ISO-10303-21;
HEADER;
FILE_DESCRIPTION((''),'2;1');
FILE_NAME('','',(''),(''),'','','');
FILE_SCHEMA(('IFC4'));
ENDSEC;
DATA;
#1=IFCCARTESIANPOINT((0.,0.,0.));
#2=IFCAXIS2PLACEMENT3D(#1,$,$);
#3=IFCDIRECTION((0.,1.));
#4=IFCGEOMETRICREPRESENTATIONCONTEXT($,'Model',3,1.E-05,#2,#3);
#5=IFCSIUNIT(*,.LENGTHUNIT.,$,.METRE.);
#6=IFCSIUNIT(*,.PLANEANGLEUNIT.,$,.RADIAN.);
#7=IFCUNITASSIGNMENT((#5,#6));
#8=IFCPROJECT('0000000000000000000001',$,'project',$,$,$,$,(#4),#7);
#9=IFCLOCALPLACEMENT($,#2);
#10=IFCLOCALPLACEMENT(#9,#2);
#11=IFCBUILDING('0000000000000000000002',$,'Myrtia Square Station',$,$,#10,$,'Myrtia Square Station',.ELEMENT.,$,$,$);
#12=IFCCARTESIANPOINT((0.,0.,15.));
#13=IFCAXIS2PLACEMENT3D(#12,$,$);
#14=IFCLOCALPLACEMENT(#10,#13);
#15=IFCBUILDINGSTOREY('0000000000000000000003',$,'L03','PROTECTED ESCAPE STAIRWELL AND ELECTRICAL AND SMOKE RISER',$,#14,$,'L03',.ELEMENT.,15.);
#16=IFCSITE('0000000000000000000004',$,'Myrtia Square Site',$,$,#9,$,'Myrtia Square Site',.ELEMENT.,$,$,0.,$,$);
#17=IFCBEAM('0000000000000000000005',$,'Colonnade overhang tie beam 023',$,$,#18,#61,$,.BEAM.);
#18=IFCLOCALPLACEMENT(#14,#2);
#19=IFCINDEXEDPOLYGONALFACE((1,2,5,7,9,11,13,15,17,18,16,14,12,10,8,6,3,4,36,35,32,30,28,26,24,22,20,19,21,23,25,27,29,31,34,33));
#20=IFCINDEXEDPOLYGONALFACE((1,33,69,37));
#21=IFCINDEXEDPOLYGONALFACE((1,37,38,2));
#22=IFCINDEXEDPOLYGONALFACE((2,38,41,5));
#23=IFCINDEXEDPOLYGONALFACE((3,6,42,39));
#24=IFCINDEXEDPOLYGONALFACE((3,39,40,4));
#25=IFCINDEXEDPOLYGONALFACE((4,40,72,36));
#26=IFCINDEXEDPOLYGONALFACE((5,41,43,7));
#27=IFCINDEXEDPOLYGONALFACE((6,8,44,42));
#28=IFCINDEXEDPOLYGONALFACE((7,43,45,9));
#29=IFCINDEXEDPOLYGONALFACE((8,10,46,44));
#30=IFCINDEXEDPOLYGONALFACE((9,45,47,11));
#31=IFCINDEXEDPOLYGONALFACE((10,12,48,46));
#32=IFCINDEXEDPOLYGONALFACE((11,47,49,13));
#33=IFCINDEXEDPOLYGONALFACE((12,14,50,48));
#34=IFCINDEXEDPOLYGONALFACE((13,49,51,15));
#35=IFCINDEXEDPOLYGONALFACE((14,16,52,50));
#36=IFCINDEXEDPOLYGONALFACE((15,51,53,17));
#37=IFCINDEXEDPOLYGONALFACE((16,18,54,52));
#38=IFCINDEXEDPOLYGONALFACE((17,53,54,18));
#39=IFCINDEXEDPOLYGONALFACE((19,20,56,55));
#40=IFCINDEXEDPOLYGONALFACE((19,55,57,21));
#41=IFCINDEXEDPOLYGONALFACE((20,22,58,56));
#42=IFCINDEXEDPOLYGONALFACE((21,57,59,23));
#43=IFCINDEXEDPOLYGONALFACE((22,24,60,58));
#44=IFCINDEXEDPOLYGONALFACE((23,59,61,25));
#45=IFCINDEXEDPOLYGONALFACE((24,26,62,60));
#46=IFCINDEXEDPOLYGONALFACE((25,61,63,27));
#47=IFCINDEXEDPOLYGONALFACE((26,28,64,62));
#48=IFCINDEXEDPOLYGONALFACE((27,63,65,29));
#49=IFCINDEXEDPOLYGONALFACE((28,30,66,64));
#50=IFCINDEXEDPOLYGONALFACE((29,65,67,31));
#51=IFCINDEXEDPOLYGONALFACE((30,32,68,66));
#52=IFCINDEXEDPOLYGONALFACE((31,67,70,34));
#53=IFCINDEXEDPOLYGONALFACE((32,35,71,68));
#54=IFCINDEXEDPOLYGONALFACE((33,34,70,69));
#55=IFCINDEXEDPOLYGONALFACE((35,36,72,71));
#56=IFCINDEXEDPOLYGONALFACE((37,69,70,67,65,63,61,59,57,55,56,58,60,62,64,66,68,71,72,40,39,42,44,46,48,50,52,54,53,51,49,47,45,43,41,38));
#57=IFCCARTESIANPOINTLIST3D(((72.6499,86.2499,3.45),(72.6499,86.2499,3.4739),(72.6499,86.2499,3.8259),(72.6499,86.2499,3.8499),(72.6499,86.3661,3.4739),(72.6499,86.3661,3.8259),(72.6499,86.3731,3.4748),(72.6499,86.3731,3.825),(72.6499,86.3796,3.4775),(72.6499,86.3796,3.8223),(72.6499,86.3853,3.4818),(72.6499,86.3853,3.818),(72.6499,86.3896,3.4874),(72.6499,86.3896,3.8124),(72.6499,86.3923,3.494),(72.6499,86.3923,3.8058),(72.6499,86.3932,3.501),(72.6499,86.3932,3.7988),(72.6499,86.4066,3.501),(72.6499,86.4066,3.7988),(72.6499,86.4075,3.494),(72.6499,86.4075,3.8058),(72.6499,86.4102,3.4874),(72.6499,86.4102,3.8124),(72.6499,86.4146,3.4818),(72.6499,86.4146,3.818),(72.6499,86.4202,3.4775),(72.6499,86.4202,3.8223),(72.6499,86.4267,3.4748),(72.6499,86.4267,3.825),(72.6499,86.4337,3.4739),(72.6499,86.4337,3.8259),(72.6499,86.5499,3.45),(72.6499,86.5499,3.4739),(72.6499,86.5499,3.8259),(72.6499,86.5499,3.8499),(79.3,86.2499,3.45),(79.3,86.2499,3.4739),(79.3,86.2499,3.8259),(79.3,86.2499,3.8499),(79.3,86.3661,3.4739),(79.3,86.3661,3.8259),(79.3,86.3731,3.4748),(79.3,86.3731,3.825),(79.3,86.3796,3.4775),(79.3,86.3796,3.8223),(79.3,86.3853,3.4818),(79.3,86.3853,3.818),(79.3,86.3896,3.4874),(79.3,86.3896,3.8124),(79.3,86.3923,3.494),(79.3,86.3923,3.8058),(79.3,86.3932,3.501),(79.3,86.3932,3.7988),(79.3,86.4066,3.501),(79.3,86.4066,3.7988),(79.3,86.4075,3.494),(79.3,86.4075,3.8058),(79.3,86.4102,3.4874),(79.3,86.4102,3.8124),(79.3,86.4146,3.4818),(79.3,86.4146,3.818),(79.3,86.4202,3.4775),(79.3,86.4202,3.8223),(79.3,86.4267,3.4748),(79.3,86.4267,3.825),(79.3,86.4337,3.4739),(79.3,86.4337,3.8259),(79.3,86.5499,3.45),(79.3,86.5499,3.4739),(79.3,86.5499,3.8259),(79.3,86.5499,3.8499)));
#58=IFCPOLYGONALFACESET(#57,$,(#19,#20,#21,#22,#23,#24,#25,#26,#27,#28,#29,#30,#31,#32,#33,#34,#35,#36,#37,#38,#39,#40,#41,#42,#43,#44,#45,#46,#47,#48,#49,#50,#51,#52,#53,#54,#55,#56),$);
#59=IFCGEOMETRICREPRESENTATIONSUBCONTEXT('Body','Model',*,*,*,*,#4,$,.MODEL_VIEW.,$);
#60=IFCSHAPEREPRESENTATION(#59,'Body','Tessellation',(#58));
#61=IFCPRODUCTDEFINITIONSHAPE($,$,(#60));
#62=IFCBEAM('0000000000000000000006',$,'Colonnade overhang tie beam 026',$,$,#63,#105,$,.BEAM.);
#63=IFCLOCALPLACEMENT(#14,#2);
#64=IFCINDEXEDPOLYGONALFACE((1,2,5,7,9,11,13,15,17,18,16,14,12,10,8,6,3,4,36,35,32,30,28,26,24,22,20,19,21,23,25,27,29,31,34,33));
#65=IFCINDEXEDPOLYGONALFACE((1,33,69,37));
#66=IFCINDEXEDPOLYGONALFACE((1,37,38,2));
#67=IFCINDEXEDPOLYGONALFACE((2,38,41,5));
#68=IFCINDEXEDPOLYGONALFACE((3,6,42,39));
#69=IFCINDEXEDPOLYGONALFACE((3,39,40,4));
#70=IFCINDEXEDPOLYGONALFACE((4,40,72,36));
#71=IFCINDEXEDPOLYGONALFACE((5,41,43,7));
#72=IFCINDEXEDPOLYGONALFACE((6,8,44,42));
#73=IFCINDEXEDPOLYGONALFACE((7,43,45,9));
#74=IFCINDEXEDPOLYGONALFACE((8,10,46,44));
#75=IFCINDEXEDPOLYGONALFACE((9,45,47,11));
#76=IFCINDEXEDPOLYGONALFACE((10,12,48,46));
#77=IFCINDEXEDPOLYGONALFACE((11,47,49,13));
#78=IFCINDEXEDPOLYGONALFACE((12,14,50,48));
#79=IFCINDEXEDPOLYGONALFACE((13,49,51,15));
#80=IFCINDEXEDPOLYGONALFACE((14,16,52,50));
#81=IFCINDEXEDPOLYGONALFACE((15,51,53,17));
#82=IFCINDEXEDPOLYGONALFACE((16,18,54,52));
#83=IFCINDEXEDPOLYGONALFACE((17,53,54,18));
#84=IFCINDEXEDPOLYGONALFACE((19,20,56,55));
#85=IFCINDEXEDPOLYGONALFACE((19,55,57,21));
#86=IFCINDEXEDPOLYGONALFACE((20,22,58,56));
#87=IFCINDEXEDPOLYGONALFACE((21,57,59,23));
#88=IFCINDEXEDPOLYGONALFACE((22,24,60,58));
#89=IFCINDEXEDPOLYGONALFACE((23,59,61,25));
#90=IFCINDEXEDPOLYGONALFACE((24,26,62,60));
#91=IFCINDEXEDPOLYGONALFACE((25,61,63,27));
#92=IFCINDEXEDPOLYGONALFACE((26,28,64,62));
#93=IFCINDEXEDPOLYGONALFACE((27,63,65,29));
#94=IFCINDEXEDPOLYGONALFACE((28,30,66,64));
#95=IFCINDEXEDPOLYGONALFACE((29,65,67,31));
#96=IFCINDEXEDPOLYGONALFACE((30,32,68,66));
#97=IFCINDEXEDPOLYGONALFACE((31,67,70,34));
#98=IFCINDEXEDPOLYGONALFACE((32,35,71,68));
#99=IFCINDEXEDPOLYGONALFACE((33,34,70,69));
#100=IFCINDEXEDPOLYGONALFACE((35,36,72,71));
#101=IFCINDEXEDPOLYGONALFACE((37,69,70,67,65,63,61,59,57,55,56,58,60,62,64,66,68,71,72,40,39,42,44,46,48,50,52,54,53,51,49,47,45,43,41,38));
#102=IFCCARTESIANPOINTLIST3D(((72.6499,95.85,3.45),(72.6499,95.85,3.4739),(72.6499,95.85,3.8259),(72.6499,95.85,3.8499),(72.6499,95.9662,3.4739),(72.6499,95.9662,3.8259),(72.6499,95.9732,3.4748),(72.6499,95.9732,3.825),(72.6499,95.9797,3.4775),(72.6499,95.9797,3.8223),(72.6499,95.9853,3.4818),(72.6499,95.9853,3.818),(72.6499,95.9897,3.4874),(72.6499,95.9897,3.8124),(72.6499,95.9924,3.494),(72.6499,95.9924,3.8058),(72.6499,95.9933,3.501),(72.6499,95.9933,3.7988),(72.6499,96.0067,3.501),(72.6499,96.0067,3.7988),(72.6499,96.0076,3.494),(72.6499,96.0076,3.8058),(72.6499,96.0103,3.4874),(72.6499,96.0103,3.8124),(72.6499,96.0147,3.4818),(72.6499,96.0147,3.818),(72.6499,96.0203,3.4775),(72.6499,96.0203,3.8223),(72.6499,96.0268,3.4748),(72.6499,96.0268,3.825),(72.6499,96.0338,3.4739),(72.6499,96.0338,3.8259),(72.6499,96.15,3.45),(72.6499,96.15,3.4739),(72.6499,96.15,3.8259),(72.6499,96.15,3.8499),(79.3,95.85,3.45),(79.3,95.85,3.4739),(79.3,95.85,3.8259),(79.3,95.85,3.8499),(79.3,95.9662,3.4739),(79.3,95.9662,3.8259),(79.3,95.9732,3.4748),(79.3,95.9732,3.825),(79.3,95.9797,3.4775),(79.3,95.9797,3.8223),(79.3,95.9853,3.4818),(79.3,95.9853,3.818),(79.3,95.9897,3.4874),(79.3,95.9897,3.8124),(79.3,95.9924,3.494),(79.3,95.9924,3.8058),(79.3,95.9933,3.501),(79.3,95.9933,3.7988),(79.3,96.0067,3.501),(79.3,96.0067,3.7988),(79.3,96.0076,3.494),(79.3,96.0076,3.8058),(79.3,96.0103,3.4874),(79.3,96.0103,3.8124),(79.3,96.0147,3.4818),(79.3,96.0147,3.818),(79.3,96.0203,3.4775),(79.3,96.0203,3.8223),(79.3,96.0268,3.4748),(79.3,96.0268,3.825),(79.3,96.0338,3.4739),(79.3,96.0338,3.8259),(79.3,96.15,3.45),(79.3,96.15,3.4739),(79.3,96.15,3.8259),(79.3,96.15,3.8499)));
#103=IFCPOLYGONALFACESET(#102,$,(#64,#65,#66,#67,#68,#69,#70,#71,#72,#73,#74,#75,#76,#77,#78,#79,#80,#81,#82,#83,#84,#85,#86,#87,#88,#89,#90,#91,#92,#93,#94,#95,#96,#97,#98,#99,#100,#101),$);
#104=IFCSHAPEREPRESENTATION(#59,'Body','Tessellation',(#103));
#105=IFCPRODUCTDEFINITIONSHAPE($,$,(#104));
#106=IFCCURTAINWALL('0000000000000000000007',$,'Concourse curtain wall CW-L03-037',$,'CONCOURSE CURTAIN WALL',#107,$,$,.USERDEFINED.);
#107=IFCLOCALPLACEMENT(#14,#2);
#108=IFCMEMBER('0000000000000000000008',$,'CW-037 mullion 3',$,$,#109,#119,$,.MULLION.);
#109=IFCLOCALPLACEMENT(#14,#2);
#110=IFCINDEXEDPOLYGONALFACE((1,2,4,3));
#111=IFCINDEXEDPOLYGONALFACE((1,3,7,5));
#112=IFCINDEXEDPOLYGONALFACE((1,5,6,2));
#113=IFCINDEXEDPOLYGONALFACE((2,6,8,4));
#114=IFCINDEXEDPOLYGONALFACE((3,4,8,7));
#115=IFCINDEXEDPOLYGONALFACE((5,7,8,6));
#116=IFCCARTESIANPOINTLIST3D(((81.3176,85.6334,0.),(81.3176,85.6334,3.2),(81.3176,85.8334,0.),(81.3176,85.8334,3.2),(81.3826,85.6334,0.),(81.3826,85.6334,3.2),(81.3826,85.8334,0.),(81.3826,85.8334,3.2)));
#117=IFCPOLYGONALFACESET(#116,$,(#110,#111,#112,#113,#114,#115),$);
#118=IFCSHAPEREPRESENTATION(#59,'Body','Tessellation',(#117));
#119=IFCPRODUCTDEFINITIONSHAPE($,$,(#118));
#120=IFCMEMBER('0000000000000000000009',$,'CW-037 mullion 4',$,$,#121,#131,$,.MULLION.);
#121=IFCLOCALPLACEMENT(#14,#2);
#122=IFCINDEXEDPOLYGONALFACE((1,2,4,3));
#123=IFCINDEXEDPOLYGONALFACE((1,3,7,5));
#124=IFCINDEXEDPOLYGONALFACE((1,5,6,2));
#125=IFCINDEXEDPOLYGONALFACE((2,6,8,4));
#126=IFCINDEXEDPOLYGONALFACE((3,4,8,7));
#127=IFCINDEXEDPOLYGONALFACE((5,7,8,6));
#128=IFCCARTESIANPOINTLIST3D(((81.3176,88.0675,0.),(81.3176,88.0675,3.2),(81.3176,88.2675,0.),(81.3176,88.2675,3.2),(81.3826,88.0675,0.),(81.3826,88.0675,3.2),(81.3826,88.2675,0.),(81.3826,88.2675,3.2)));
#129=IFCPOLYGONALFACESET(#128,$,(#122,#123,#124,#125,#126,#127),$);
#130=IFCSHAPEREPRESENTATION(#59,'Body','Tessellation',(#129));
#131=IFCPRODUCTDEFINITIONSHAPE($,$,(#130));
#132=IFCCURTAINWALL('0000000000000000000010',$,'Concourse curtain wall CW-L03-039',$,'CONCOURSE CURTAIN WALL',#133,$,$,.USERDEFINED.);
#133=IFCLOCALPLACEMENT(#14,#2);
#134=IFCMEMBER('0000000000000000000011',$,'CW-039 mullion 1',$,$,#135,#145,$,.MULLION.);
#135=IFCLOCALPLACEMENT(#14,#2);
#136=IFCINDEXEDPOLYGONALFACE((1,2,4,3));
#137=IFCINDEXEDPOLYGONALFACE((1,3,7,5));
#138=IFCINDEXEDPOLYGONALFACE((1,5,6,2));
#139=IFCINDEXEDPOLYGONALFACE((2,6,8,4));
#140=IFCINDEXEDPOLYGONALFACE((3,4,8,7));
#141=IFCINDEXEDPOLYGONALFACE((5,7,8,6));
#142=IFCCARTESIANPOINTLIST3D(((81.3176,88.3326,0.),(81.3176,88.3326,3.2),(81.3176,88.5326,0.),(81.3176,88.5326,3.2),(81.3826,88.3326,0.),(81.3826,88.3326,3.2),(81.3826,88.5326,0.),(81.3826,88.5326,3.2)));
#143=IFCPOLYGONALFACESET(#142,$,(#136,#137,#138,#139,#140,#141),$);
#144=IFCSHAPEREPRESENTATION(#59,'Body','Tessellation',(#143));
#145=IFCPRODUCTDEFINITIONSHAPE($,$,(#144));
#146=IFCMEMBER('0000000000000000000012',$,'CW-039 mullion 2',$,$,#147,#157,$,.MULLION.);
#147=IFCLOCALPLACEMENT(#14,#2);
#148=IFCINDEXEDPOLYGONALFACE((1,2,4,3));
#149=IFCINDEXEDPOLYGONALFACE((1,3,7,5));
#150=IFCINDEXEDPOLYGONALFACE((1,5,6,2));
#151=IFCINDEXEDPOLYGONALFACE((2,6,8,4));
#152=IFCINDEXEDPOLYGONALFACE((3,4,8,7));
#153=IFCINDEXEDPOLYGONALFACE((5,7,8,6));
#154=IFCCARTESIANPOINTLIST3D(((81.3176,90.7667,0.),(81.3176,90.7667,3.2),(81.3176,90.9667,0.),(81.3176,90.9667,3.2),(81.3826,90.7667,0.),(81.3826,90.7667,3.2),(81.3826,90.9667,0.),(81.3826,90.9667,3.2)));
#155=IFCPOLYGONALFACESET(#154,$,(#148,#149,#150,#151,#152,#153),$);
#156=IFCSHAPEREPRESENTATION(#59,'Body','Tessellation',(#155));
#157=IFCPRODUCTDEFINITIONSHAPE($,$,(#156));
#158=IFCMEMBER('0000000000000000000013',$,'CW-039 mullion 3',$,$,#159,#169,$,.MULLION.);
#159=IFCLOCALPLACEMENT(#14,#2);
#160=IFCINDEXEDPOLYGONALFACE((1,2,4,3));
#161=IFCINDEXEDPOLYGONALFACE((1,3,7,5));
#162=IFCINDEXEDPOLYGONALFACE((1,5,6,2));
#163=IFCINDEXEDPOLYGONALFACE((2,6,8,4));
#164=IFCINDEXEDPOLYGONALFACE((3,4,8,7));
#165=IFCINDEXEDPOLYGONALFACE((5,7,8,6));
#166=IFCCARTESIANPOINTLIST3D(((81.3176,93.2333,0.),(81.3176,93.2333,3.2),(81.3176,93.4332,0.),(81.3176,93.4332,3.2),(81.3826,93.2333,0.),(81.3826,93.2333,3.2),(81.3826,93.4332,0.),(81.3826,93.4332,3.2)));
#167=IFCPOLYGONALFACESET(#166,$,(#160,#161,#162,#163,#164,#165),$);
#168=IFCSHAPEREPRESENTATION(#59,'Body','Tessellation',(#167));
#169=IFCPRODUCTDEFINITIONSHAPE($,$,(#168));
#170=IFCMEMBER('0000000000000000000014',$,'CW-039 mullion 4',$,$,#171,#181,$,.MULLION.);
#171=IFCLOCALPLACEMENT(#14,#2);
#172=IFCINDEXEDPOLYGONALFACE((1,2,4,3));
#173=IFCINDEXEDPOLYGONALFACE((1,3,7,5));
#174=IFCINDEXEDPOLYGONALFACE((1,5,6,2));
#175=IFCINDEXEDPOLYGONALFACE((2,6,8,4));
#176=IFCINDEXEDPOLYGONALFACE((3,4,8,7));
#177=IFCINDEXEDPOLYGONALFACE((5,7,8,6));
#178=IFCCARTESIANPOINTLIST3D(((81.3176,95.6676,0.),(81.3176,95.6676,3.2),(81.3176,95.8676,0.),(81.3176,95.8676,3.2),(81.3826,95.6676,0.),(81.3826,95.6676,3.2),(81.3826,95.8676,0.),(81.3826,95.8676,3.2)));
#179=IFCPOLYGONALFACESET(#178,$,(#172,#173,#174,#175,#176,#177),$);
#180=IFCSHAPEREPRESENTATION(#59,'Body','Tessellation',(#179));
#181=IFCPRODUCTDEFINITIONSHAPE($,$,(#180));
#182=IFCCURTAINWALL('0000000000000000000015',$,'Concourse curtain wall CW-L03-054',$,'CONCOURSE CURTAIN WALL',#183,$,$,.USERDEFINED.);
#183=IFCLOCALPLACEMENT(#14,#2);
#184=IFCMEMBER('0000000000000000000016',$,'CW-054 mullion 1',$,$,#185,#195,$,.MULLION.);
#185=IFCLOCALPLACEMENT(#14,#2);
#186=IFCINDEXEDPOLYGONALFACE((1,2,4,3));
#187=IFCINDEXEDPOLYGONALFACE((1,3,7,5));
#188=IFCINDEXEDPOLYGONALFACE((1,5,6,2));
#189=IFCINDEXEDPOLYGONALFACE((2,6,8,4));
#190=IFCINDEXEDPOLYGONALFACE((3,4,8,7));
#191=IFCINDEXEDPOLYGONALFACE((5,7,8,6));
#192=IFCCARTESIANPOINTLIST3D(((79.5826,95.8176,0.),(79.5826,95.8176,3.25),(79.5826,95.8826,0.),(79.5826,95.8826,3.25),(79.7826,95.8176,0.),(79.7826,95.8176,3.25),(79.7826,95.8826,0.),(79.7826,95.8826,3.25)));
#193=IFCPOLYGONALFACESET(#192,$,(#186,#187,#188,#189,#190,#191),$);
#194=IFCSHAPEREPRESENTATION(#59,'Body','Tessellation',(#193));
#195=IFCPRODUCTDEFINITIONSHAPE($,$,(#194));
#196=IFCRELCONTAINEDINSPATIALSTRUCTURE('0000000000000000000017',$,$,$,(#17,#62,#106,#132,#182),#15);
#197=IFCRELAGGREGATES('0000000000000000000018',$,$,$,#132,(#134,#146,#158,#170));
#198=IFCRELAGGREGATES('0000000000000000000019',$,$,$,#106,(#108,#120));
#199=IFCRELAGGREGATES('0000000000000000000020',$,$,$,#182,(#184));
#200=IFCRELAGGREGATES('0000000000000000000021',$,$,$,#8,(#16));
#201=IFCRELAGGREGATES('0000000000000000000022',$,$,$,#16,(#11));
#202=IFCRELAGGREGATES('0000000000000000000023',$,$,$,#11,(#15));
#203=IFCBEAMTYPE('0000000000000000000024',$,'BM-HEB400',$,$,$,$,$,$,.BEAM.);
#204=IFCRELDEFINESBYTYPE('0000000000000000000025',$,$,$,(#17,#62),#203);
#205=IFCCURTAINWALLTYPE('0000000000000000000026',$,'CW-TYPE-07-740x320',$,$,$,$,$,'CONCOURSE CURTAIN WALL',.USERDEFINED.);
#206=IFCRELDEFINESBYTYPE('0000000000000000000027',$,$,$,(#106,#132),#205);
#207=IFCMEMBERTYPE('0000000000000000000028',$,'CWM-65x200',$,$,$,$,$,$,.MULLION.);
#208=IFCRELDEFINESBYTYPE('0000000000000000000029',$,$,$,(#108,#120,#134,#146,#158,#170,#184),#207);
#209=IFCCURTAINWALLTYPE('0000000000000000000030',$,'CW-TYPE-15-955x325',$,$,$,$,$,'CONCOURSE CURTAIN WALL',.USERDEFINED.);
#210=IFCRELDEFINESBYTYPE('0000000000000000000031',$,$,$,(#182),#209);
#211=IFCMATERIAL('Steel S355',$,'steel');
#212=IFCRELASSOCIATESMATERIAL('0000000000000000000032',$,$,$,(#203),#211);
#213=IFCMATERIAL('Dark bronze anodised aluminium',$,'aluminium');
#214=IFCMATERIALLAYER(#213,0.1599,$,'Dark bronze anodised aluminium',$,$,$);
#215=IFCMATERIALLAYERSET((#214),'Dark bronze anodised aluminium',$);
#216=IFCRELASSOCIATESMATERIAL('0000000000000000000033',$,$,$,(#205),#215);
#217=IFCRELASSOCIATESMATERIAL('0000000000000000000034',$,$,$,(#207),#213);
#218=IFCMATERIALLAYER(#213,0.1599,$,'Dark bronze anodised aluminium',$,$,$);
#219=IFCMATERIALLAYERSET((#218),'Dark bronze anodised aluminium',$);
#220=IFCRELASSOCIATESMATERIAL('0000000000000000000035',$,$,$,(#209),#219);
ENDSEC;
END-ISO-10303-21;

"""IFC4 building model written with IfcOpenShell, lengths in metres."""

from ifc_helpers import new_model, si_unit, direction, frame, origin, origin_2d, place, context, subcontext, project, spatial, rectangle, i_section, extrude, material, layer, layer_set, material_profile, profile_set, type_object, element, aggregate, save


model = new_model("IFC4")

# Units and contexts
model_context = context("Model", 3, precision=1e-05, world=origin(), true_north=direction((0.0, 1.0)))
body_context = subcontext(model_context, "Body", "Model", "MODEL_VIEW")
ifc_project = project(units=[si_unit("LENGTHUNIT", "METRE"), si_unit("PLANEANGLEUNIT", "RADIAN")], contexts=[model_context])

# Site, building, storey
site_placement = place(None, origin())
site = spatial("IfcSite", under=ifc_project, at=site_placement, Name="Myrtia Square Site", LongName="Myrtia Square Site", CompositionType="ELEMENT", RefElevation=0.0)
building_placement = place(site_placement, origin())
building = spatial("IfcBuilding", under=site, at=building_placement, Name="Myrtia Square Station", LongName="Myrtia Square Station", CompositionType="ELEMENT")
storey_placement = place(building_placement, frame((0.0, 0.0, 15.0)))
storey = spatial("IfcBuildingStorey", under=building, at=storey_placement, Name="L03", Description="PROTECTED ESCAPE STAIRWELL AND ELECTRICAL AND SMOKE RISER", LongName="L03", CompositionType="ELEMENT", Elevation=15.0)

# Shared definitions
ifc_material_1 = material(Name="Steel S355", Category="steel")

# Beams
ifc_material_profile_1 = material_profile(ifc_material_1, i_section(OverallWidth=0.3, OverallDepth=0.3999, WebThickness=0.0134, FlangeThickness=0.0239, FilletRadius=0.0271, at=origin_2d()), Name="HEB 400")
ifc_profile_set_1 = profile_set([ifc_material_profile_1], Name="Steel S355")
beam_type = type_object("IfcBeamType", Name="BM-HEB400", PredefinedType="BEAM", material=ifc_profile_set_1)
for number, where, z_axis, x_axis, name in (
    (1, (72.6499, 86.3999, 3.6499), (1.0, 0.0, 0.0), (0.0, 1.0, 0.0), "Colonnade overhang tie beam 023"),
    (2, (72.6499, 96.0, 3.6499), (1.0, 0.0, 0.0), (0.0, 1.0, 0.0), "Colonnade overhang tie beam 026"),
):
    element("IfcBeam", number, at=place(storey_placement, frame(where, z_axis=z_axis, x_axis=x_axis)), inside=storey, type_object=beam_type, Name=name, PredefinedType="BEAM", context=body_context, shape_type="SweptSolid", body=[
        extrude(i_section(OverallWidth=0.3, OverallDepth=0.3999, WebThickness=0.0134, FlangeThickness=0.0239, FilletRadius=0.0271, at=origin_2d()), origin(), (0.0, 0.0, 1.0), 6.6501),
    ])

# Curtain walls, members
ifc_material_2 = material(Name="Dark bronze anodised aluminium", Category="aluminium")
ifc_layer_1 = layer(ifc_material_2, 0.1599, Name="Dark bronze anodised aluminium")
ifc_layer_set_1 = layer_set([ifc_layer_1], Name="Dark bronze anodised aluminium")
curtain_wall_type_1 = type_object("IfcCurtainWallType", Name="CW-TYPE-07-740x320", ElementType="CONCOURSE CURTAIN WALL", PredefinedType="USERDEFINED", material=ifc_layer_set_1)
curtain_wall_1_placement = place(storey_placement, origin())
curtain_wall_1 = element("IfcCurtainWall", 3, at=curtain_wall_1_placement, inside=storey, type_object=curtain_wall_type_1, Name="Concourse curtain wall CW-L03-037", ObjectType="CONCOURSE CURTAIN WALL", PredefinedType="USERDEFINED")
ifc_material_profile_2 = material_profile(ifc_material_2, rectangle(XDim=0.0649, YDim=0.2, at=origin_2d()), Name="ALU-M 65x200")
ifc_profile_set_2 = profile_set([ifc_material_profile_2], Name="Dark bronze anodised aluminium")
member_type_1 = type_object("IfcMemberType", Name="CWM-65x200", PredefinedType="MULLION", material=ifc_profile_set_2)
member_1_placement = place(storey_placement, frame((81.3501, 85.7334, 0.0), z_axis=(0.0, 0.0, 1.0), x_axis=(-1.0, 0.0, 0.0)))
member_1 = element("IfcMember", 4, at=member_1_placement, type_object=member_type_1, Name="CW-037 mullion 3", PredefinedType="MULLION", context=body_context, shape_type="SweptSolid", body=[
    extrude(rectangle(XDim=0.0649, YDim=0.2, at=origin_2d()), origin(), (0.0, 0.0, 1.0), 3.2),
])
member_2_placement = place(storey_placement, frame((81.3501, 88.1675, 0.0), z_axis=(0.0, 0.0, 1.0), x_axis=(-1.0, 0.0, 0.0)))
member_2 = element("IfcMember", 5, at=member_2_placement, type_object=member_type_1, Name="CW-037 mullion 4", PredefinedType="MULLION", context=body_context, shape_type="SweptSolid", body=[
    extrude(rectangle(XDim=0.0649, YDim=0.2, at=origin_2d()), origin(), (0.0, 0.0, 1.0), 3.2),
])
curtain_wall_2_placement = place(storey_placement, origin())
curtain_wall_2 = element("IfcCurtainWall", 6, at=curtain_wall_2_placement, inside=storey, type_object=curtain_wall_type_1, Name="Concourse curtain wall CW-L03-039", ObjectType="CONCOURSE CURTAIN WALL", PredefinedType="USERDEFINED")
member_3_placement = place(storey_placement, frame((81.3501, 88.4326, 0.0), z_axis=(0.0, 0.0, 1.0), x_axis=(-1.0, 0.0, 0.0)))
member_3 = element("IfcMember", 7, at=member_3_placement, type_object=member_type_1, Name="CW-039 mullion 1", PredefinedType="MULLION", context=body_context, shape_type="SweptSolid", body=[
    extrude(rectangle(XDim=0.0649, YDim=0.2, at=origin_2d()), origin(), (0.0, 0.0, 1.0), 3.2),
])
member_4_placement = place(storey_placement, frame((81.3501, 90.8667, 0.0), z_axis=(0.0, 0.0, 1.0), x_axis=(-1.0, 0.0, 0.0)))
member_4 = element("IfcMember", 8, at=member_4_placement, type_object=member_type_1, Name="CW-039 mullion 2", PredefinedType="MULLION", context=body_context, shape_type="SweptSolid", body=[
    extrude(rectangle(XDim=0.0649, YDim=0.2, at=origin_2d()), origin(), (0.0, 0.0, 1.0), 3.2),
])
member_5_placement = place(storey_placement, frame((81.3501, 93.3333, 0.0), z_axis=(0.0, 0.0, 1.0), x_axis=(-1.0, 0.0, 0.0)))
member_5 = element("IfcMember", 9, at=member_5_placement, type_object=member_type_1, Name="CW-039 mullion 3", PredefinedType="MULLION", context=body_context, shape_type="SweptSolid", body=[
    extrude(rectangle(XDim=0.0649, YDim=0.2, at=origin_2d()), origin(), (0.0, 0.0, 1.0), 3.2),
])
member_6_placement = place(storey_placement, frame((81.3501, 95.7676, 0.0), z_axis=(0.0, 0.0, 1.0), x_axis=(-1.0, 0.0, 0.0)))
member_6 = element("IfcMember", 10, at=member_6_placement, type_object=member_type_1, Name="CW-039 mullion 4", PredefinedType="MULLION", context=body_context, shape_type="SweptSolid", body=[
    extrude(rectangle(XDim=0.0649, YDim=0.2, at=origin_2d()), origin(), (0.0, 0.0, 1.0), 3.2),
])

# Curtain wall, member
ifc_layer_2 = layer(ifc_material_2, 0.1599, Name="Dark bronze anodised aluminium")
ifc_layer_set_2 = layer_set([ifc_layer_2], Name="Dark bronze anodised aluminium")
curtain_wall_type_2 = type_object("IfcCurtainWallType", Name="CW-TYPE-15-955x325", ElementType="CONCOURSE CURTAIN WALL", PredefinedType="USERDEFINED", material=ifc_layer_set_2)
curtain_wall_3_placement = place(storey_placement, origin())
curtain_wall_3 = element("IfcCurtainWall", 11, at=curtain_wall_3_placement, inside=storey, type_object=curtain_wall_type_2, Name="Concourse curtain wall CW-L03-054", ObjectType="CONCOURSE CURTAIN WALL", PredefinedType="USERDEFINED")
member_7_placement = place(storey_placement, frame((79.6826, 95.8501, 0.0), z_axis=(0.0, 0.0, 1.0), x_axis=(0.0, 1.0, 0.0)))
member_7 = element("IfcMember", 12, at=member_7_placement, type_object=member_type_1, Name="CW-054 mullion 1", PredefinedType="MULLION", context=body_context, shape_type="SweptSolid", body=[
    extrude(rectangle(XDim=0.0649, YDim=0.2, at=origin_2d()), origin(), (0.0, 0.0, 1.0), 3.25),
])

aggregate(curtain_wall_2, [member_3, member_4, member_5, member_6])
aggregate(curtain_wall_1, [member_1, member_2])
aggregate(curtain_wall_3, [member_7])

save(model, "model.ifc")
